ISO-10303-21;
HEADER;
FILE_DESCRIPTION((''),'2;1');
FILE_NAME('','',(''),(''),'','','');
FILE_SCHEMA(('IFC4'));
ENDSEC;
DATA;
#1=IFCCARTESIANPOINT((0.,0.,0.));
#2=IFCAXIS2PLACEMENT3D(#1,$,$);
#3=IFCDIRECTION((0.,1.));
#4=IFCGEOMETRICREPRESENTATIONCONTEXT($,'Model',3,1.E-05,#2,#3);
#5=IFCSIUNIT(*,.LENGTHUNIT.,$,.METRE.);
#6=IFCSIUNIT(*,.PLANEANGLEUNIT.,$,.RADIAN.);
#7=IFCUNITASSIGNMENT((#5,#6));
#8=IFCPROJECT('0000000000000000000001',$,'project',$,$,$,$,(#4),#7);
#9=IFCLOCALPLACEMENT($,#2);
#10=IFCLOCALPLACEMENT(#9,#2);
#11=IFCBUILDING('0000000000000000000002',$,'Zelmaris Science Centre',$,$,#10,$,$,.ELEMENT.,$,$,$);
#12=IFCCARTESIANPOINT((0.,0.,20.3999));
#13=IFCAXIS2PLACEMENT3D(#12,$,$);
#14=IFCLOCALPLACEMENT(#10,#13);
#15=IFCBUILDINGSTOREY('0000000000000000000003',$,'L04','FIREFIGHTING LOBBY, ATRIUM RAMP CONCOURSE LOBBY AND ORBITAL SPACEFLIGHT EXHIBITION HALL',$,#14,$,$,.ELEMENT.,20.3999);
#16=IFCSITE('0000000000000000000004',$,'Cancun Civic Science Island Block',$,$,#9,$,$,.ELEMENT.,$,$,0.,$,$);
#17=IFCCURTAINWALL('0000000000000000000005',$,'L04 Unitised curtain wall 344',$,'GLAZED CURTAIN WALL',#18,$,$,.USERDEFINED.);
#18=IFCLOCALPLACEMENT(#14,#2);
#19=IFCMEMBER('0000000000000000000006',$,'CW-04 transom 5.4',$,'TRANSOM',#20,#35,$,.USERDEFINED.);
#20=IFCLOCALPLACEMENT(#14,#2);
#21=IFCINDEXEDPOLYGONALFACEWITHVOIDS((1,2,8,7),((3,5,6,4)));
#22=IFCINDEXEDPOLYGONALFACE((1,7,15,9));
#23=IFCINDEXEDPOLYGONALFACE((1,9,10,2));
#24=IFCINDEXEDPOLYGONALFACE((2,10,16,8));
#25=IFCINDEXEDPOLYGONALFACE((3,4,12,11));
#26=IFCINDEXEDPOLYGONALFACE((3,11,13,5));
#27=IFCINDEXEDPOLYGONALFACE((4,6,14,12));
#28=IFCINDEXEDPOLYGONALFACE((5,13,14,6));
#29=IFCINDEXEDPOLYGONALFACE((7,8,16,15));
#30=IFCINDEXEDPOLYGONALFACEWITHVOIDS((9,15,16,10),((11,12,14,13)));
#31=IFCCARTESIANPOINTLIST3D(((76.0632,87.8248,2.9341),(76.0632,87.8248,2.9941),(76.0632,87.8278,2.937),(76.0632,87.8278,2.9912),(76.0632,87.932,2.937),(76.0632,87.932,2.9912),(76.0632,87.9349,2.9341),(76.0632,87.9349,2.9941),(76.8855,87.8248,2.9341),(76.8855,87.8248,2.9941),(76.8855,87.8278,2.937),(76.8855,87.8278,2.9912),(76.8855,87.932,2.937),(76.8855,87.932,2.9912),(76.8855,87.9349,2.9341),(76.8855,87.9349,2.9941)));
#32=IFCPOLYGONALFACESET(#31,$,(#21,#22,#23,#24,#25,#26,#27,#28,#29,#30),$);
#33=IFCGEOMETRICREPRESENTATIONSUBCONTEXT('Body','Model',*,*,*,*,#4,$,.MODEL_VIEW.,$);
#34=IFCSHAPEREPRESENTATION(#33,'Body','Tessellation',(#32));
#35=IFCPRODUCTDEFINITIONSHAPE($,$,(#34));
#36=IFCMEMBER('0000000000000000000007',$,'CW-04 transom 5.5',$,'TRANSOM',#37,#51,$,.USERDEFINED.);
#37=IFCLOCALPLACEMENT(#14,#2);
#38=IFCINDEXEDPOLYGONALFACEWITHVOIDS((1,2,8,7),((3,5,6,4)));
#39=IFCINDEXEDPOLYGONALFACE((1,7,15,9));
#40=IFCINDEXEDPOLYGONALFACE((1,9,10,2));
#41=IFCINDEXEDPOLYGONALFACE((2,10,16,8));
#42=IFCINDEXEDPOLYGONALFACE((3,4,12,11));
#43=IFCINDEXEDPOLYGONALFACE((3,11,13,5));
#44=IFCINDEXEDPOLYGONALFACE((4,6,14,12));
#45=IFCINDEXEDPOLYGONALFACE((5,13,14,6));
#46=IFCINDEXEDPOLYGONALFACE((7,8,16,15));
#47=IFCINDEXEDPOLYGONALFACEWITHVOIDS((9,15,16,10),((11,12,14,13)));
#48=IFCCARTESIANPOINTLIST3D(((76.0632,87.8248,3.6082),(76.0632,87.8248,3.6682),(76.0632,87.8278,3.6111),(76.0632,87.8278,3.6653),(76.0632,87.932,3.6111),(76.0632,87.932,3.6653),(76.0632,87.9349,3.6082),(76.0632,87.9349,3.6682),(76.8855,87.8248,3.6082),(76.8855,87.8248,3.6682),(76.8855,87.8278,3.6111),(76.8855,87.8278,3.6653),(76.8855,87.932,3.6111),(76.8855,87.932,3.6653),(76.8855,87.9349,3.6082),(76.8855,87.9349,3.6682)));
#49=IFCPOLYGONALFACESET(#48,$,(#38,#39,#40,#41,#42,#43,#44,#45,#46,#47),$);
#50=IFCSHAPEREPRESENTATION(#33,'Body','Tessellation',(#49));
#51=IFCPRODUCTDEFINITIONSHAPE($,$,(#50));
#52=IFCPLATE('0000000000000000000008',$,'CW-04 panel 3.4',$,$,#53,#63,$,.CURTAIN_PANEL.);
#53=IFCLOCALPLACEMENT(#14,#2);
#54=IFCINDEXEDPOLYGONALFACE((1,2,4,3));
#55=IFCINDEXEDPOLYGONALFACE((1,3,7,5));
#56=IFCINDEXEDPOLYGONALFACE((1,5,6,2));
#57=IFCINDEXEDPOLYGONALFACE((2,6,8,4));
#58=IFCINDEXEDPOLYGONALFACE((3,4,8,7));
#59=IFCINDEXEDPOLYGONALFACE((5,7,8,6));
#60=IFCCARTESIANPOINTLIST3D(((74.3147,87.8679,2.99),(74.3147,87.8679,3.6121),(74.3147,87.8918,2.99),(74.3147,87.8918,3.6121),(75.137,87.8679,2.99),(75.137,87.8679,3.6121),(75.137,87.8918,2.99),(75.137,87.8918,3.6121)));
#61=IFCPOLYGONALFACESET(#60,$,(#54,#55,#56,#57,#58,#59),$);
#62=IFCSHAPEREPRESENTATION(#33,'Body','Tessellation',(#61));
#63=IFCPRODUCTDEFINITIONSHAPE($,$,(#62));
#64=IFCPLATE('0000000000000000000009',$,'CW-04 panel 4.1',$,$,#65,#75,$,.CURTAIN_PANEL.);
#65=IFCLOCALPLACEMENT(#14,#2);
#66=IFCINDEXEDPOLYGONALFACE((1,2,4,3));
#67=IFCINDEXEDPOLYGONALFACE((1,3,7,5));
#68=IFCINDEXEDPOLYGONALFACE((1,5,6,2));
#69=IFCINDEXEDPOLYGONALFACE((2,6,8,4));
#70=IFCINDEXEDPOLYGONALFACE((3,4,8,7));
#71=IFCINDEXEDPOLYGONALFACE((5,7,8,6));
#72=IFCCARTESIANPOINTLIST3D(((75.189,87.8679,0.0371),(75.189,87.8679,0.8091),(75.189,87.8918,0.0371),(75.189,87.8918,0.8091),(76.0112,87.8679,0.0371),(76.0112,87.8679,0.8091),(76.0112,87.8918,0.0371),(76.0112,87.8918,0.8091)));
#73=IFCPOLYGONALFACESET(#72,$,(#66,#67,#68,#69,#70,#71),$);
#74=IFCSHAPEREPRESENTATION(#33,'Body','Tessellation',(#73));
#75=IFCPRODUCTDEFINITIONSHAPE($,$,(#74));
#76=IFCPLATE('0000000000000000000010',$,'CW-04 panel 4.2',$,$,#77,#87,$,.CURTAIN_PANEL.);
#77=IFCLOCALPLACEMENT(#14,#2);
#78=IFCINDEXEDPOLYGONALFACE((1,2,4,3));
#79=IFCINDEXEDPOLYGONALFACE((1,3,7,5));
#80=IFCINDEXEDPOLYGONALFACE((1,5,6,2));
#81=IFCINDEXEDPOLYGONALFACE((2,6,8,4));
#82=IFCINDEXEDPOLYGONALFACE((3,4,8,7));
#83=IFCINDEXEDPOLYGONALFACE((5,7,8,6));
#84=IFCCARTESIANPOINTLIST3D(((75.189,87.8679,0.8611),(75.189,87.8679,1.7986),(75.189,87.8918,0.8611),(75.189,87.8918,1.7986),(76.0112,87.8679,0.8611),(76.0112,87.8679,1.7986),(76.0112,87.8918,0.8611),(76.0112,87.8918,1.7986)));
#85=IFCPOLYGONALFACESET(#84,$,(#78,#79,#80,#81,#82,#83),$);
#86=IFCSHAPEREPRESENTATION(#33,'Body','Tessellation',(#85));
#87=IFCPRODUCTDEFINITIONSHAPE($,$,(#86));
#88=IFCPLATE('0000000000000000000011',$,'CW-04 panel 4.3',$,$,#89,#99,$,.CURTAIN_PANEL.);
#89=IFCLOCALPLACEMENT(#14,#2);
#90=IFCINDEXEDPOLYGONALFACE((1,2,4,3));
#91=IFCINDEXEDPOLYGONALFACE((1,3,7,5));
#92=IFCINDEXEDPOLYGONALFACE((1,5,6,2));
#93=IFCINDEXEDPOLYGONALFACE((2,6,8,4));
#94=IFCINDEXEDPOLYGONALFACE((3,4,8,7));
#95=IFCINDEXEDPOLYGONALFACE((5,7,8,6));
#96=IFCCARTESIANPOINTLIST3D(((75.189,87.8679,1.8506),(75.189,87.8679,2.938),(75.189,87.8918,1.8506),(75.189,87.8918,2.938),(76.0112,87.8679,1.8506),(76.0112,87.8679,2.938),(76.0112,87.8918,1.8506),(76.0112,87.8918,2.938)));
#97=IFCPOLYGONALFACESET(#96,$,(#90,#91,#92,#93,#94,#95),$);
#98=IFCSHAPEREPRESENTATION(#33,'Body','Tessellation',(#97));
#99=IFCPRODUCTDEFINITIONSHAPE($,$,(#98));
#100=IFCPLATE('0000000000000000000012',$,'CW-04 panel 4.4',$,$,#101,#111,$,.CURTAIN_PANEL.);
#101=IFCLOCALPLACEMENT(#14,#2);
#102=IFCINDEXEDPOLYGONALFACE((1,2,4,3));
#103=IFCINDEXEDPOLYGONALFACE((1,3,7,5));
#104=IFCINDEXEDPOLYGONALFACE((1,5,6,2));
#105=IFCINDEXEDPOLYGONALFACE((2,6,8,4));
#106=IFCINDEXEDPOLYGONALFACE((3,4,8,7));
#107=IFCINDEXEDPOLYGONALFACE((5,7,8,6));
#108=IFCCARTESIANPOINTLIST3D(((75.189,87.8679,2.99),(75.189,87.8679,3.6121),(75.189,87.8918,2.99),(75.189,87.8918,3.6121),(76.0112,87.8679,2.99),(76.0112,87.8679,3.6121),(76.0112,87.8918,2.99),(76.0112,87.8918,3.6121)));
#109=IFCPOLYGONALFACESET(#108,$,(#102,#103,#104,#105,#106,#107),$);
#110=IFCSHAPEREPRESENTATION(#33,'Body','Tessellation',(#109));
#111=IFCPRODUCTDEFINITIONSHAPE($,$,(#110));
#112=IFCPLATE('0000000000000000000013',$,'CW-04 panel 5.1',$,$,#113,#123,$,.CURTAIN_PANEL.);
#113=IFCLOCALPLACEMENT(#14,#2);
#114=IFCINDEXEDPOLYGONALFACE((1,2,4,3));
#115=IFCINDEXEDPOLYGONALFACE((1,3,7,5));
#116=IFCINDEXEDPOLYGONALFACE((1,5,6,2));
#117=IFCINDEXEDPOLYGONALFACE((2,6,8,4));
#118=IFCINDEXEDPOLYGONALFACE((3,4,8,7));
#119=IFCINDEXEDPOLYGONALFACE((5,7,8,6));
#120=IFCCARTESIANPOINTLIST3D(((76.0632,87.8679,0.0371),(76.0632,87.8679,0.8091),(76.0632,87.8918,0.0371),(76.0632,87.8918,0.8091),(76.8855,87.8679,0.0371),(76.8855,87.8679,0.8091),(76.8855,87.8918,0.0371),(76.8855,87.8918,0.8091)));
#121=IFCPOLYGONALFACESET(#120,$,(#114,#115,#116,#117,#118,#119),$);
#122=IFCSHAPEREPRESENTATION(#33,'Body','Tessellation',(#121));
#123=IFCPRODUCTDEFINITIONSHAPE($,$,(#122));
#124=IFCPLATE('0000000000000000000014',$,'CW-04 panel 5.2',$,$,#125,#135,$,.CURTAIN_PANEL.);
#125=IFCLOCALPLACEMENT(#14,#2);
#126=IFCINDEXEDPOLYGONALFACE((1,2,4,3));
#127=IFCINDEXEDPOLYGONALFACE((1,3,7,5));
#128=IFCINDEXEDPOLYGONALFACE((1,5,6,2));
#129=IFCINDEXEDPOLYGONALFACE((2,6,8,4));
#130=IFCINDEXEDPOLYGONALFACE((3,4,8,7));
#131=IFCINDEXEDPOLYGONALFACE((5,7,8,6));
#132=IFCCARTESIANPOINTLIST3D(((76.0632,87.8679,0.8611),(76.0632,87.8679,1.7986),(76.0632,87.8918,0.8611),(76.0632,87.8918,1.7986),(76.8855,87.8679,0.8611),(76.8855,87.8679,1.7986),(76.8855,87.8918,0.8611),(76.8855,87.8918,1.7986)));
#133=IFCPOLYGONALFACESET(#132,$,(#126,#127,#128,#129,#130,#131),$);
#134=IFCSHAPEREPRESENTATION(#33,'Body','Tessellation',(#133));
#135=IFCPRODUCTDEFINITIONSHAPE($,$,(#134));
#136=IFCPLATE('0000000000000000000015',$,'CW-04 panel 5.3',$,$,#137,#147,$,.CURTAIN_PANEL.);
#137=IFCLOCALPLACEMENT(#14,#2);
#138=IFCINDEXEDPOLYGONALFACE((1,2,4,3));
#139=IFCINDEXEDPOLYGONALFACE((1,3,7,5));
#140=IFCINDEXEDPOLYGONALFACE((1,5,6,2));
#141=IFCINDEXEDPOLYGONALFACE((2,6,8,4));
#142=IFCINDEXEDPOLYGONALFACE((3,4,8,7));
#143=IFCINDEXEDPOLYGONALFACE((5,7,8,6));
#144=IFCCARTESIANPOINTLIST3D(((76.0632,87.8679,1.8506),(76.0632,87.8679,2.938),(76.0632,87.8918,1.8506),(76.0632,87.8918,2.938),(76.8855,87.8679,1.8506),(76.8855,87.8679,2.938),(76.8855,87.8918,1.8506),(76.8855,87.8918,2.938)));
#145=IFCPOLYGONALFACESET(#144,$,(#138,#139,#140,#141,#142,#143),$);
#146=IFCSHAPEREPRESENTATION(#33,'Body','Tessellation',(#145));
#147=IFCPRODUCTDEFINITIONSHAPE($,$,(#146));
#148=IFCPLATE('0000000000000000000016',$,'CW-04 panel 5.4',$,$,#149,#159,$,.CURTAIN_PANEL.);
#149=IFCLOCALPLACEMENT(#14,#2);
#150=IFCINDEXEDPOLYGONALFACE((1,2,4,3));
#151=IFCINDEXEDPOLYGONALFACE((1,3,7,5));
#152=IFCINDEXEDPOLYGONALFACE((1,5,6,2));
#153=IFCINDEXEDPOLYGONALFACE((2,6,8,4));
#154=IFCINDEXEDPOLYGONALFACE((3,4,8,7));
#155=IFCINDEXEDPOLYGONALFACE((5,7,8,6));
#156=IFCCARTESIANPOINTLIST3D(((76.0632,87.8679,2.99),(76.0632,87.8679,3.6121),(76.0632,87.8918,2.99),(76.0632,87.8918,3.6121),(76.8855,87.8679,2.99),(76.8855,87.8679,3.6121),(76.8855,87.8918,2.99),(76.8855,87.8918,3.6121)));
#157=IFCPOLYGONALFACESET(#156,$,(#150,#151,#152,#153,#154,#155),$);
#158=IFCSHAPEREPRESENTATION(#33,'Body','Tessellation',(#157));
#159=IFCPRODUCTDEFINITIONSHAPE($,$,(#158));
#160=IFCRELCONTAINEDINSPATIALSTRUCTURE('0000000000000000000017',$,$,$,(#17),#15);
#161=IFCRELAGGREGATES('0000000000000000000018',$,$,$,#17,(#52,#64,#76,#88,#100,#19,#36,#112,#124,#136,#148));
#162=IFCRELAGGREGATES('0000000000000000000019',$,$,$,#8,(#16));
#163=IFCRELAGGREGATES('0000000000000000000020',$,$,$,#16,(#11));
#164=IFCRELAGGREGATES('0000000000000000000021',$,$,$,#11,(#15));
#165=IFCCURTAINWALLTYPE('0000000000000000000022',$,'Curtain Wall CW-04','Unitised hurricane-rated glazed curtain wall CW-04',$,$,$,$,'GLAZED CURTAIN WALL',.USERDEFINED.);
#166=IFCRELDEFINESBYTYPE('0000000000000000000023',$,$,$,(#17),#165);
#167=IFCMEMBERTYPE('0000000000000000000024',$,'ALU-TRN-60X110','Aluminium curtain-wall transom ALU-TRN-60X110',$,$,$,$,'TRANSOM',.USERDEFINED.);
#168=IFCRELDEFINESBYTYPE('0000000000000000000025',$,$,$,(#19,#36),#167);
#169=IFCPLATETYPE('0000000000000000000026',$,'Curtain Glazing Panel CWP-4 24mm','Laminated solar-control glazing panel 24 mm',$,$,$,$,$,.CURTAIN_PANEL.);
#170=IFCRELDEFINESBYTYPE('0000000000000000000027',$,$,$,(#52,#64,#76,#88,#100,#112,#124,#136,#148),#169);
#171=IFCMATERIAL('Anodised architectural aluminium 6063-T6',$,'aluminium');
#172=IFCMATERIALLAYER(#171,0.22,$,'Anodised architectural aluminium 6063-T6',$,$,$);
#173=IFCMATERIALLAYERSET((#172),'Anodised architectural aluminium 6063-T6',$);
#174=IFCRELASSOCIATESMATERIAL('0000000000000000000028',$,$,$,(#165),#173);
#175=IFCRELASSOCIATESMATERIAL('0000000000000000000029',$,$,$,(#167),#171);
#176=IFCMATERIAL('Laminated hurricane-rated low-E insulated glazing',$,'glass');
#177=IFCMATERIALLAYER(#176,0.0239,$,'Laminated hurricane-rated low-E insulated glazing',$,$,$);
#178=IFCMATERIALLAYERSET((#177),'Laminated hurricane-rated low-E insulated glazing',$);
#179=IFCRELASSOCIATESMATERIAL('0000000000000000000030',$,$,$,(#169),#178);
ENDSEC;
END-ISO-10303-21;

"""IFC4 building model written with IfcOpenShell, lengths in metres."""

from ifc_helpers import new_model, si_unit, direction, frame, origin, origin_2d, place, context, subcontext, project, spatial, rectangle, hollow_rectangle, extrude, material, layer, layer_set, material_profile, profile_set, type_object, element, aggregate, save


model = new_model("IFC4")

# Units and contexts
model_context = context("Model", 3, precision=1e-05, world=origin(), true_north=direction((0.0, 1.0)))
body_context = subcontext(model_context, "Body", "Model", "MODEL_VIEW")
ifc_project = project(units=[si_unit("LENGTHUNIT", "METRE"), si_unit("PLANEANGLEUNIT", "RADIAN")], contexts=[model_context])

# Site, building, storey
site_placement = place(None, origin())
site = spatial("IfcSite", under=ifc_project, at=site_placement, Name="Cancun Civic Science Island Block", CompositionType="ELEMENT", RefElevation=0.0)
building_placement = place(site_placement, origin())
building = spatial("IfcBuilding", under=site, at=building_placement, Name="Zelmaris Science Centre", CompositionType="ELEMENT")
storey_placement = place(building_placement, frame((0.0, 0.0, 20.3999)))
storey = spatial("IfcBuildingStorey", under=building, at=storey_placement, Name="L04", Description="FIREFIGHTING LOBBY, ATRIUM RAMP CONCOURSE LOBBY AND ORBITAL SPACEFLIGHT EXHIBITION HALL", CompositionType="ELEMENT", Elevation=20.3999)

# Curtain wall, members, plates
ifc_material_1 = material(Name="Anodised architectural aluminium 6063-T6", Category="aluminium")
ifc_layer_1 = layer(ifc_material_1, 0.22, Name="Anodised architectural aluminium 6063-T6")
ifc_layer_set_1 = layer_set([ifc_layer_1], Name="Anodised architectural aluminium 6063-T6")
curtain_wall_type = type_object("IfcCurtainWallType", Name="Curtain Wall CW-04", Description="Unitised hurricane-rated glazed curtain wall CW-04", ElementType="GLAZED CURTAIN WALL", PredefinedType="USERDEFINED", material=ifc_layer_set_1)
curtain_wall_placement = place(storey_placement, origin())
curtain_wall = element("IfcCurtainWall", 1, at=curtain_wall_placement, inside=storey, type_object=curtain_wall_type, Name="L04 Unitised curtain wall 344", ObjectType="GLAZED CURTAIN WALL", PredefinedType="USERDEFINED")
ifc_material_profile_1 = material_profile(ifc_material_1, hollow_rectangle(XDim=0.0601, YDim=0.1101, WallThickness=0.0029, at=origin_2d()), Name="ALU-TRN-60X110")
ifc_profile_set_1 = profile_set([ifc_material_profile_1], Name="Anodised architectural aluminium 6063-T6")
member_type_1 = type_object("IfcMemberType", Name="ALU-TRN-60X110", Description="Aluminium curtain-wall transom ALU-TRN-60X110", ElementType="TRANSOM", PredefinedType="USERDEFINED", material=ifc_profile_set_1)
member_1_placement = place(storey_placement, frame((76.0632, 87.8799, 2.9641), z_axis=(1.0, 0.0, 0.0), x_axis=(0.0, 0.0, 1.0)))
member_1 = element("IfcMember", 2, at=member_1_placement, type_object=member_type_1, Name="CW-04 transom 5.4", ObjectType="TRANSOM", PredefinedType="USERDEFINED", context=body_context, shape_type="SweptSolid", body=[
    extrude(hollow_rectangle(XDim=0.0601, YDim=0.1101, WallThickness=0.0029, at=origin_2d()), origin(), (0.0, 0.0, 1.0), 0.8223),
])
member_2_placement = place(storey_placement, frame((76.0632, 87.8799, 3.6382), z_axis=(1.0, 0.0, 0.0), x_axis=(0.0, 0.0, 1.0)))
member_2 = element("IfcMember", 3, at=member_2_placement, type_object=member_type_1, Name="CW-04 transom 5.5", ObjectType="TRANSOM", PredefinedType="USERDEFINED", context=body_context, shape_type="SweptSolid", body=[
    extrude(hollow_rectangle(XDim=0.0601, YDim=0.1101, WallThickness=0.0029, at=origin_2d()), origin(), (0.0, 0.0, 1.0), 0.8223),
])
ifc_material_2 = material(Name="Laminated hurricane-rated low-E insulated glazing", Category="glass")
ifc_layer_2 = layer(ifc_material_2, 0.0239, Name="Laminated hurricane-rated low-E insulated glazing")
ifc_layer_set_2 = layer_set([ifc_layer_2], Name="Laminated hurricane-rated low-E insulated glazing")
plate_type = type_object("IfcPlateType", Name="Curtain Glazing Panel CWP-4 24mm", Description="Laminated solar-control glazing panel 24 mm", PredefinedType="CURTAIN_PANEL", material=ifc_layer_set_2)
plate_1_placement = place(storey_placement, frame((74.7258, 87.8799, 2.99), z_axis=(0.0, 0.0, 1.0), x_axis=(1.0, 0.0, 0.0)))
plate_1 = element("IfcPlate", 4, at=plate_1_placement, type_object=plate_type, Name="CW-04 panel 3.4", PredefinedType="CURTAIN_PANEL", context=body_context, shape_type="SweptSolid", body=[
    extrude(rectangle(XDim=0.8223, YDim=0.0239, at=origin_2d()), origin(), (0.0, 0.0, 1.0), 0.6221),
])
plate_2_placement = place(storey_placement, frame((75.6001, 87.8799, 0.0371), z_axis=(0.0, 0.0, 1.0), x_axis=(1.0, 0.0, 0.0)))
plate_2 = element("IfcPlate", 5, at=plate_2_placement, type_object=plate_type, Name="CW-04 panel 4.1", PredefinedType="CURTAIN_PANEL", context=body_context, shape_type="SweptSolid", body=[
    extrude(rectangle(XDim=0.8223, YDim=0.0239, at=origin_2d()), origin(), (0.0, 0.0, 1.0), 0.772),
])
plate_3_placement = place(storey_placement, frame((75.6001, 87.8799, 0.8611), z_axis=(0.0, 0.0, 1.0), x_axis=(1.0, 0.0, 0.0)))
plate_3 = element("IfcPlate", 6, at=plate_3_placement, type_object=plate_type, Name="CW-04 panel 4.2", PredefinedType="CURTAIN_PANEL", context=body_context, shape_type="SweptSolid", body=[
    extrude(rectangle(XDim=0.8223, YDim=0.0239, at=origin_2d()), origin(), (0.0, 0.0, 1.0), 0.9375),
])
plate_4_placement = place(storey_placement, frame((75.6001, 87.8799, 1.8506), z_axis=(0.0, 0.0, 1.0), x_axis=(1.0, 0.0, 0.0)))
plate_4 = element("IfcPlate", 7, at=plate_4_placement, type_object=plate_type, Name="CW-04 panel 4.3", PredefinedType="CURTAIN_PANEL", context=body_context, shape_type="SweptSolid", body=[
    extrude(rectangle(XDim=0.8223, YDim=0.0239, at=origin_2d()), origin(), (0.0, 0.0, 1.0), 1.0874),
])
plate_5_placement = place(storey_placement, frame((75.6001, 87.8799, 2.99), z_axis=(0.0, 0.0, 1.0), x_axis=(1.0, 0.0, 0.0)))
plate_5 = element("IfcPlate", 8, at=plate_5_placement, type_object=plate_type, Name="CW-04 panel 4.4", PredefinedType="CURTAIN_PANEL", context=body_context, shape_type="SweptSolid", body=[
    extrude(rectangle(XDim=0.8223, YDim=0.0239, at=origin_2d()), origin(), (0.0, 0.0, 1.0), 0.6221),
])
plate_6_placement = place(storey_placement, frame((76.4744, 87.8799, 0.0371), z_axis=(0.0, 0.0, 1.0), x_axis=(1.0, 0.0, 0.0)))
plate_6 = element("IfcPlate", 9, at=plate_6_placement, type_object=plate_type, Name="CW-04 panel 5.1", PredefinedType="CURTAIN_PANEL", context=body_context, shape_type="SweptSolid", body=[
    extrude(rectangle(XDim=0.8223, YDim=0.0239, at=origin_2d()), origin(), (0.0, 0.0, 1.0), 0.772),
])
plate_7_placement = place(storey_placement, frame((76.4744, 87.8799, 0.8611), z_axis=(0.0, 0.0, 1.0), x_axis=(1.0, 0.0, 0.0)))
plate_7 = element("IfcPlate", 10, at=plate_7_placement, type_object=plate_type, Name="CW-04 panel 5.2", PredefinedType="CURTAIN_PANEL", context=body_context, shape_type="SweptSolid", body=[
    extrude(rectangle(XDim=0.8223, YDim=0.0239, at=origin_2d()), origin(), (0.0, 0.0, 1.0), 0.9375),
])
plate_8_placement = place(storey_placement, frame((76.4744, 87.8799, 1.8506), z_axis=(0.0, 0.0, 1.0), x_axis=(1.0, 0.0, 0.0)))
plate_8 = element("IfcPlate", 11, at=plate_8_placement, type_object=plate_type, Name="CW-04 panel 5.3", PredefinedType="CURTAIN_PANEL", context=body_context, shape_type="SweptSolid", body=[
    extrude(rectangle(XDim=0.8223, YDim=0.0239, at=origin_2d()), origin(), (0.0, 0.0, 1.0), 1.0874),
])
plate_9_placement = place(storey_placement, frame((76.4744, 87.8799, 2.99), z_axis=(0.0, 0.0, 1.0), x_axis=(1.0, 0.0, 0.0)))
plate_9 = element("IfcPlate", 12, at=plate_9_placement, type_object=plate_type, Name="CW-04 panel 5.4", PredefinedType="CURTAIN_PANEL", context=body_context, shape_type="SweptSolid", body=[
    extrude(rectangle(XDim=0.8223, YDim=0.0239, at=origin_2d()), origin(), (0.0, 0.0, 1.0), 0.6221),
])
aggregate(curtain_wall, [plate_1, plate_2, plate_3, plate_4, plate_5, member_1, member_2, plate_6, plate_7, plate_8, plate_9])

save(model, "model.ifc")
